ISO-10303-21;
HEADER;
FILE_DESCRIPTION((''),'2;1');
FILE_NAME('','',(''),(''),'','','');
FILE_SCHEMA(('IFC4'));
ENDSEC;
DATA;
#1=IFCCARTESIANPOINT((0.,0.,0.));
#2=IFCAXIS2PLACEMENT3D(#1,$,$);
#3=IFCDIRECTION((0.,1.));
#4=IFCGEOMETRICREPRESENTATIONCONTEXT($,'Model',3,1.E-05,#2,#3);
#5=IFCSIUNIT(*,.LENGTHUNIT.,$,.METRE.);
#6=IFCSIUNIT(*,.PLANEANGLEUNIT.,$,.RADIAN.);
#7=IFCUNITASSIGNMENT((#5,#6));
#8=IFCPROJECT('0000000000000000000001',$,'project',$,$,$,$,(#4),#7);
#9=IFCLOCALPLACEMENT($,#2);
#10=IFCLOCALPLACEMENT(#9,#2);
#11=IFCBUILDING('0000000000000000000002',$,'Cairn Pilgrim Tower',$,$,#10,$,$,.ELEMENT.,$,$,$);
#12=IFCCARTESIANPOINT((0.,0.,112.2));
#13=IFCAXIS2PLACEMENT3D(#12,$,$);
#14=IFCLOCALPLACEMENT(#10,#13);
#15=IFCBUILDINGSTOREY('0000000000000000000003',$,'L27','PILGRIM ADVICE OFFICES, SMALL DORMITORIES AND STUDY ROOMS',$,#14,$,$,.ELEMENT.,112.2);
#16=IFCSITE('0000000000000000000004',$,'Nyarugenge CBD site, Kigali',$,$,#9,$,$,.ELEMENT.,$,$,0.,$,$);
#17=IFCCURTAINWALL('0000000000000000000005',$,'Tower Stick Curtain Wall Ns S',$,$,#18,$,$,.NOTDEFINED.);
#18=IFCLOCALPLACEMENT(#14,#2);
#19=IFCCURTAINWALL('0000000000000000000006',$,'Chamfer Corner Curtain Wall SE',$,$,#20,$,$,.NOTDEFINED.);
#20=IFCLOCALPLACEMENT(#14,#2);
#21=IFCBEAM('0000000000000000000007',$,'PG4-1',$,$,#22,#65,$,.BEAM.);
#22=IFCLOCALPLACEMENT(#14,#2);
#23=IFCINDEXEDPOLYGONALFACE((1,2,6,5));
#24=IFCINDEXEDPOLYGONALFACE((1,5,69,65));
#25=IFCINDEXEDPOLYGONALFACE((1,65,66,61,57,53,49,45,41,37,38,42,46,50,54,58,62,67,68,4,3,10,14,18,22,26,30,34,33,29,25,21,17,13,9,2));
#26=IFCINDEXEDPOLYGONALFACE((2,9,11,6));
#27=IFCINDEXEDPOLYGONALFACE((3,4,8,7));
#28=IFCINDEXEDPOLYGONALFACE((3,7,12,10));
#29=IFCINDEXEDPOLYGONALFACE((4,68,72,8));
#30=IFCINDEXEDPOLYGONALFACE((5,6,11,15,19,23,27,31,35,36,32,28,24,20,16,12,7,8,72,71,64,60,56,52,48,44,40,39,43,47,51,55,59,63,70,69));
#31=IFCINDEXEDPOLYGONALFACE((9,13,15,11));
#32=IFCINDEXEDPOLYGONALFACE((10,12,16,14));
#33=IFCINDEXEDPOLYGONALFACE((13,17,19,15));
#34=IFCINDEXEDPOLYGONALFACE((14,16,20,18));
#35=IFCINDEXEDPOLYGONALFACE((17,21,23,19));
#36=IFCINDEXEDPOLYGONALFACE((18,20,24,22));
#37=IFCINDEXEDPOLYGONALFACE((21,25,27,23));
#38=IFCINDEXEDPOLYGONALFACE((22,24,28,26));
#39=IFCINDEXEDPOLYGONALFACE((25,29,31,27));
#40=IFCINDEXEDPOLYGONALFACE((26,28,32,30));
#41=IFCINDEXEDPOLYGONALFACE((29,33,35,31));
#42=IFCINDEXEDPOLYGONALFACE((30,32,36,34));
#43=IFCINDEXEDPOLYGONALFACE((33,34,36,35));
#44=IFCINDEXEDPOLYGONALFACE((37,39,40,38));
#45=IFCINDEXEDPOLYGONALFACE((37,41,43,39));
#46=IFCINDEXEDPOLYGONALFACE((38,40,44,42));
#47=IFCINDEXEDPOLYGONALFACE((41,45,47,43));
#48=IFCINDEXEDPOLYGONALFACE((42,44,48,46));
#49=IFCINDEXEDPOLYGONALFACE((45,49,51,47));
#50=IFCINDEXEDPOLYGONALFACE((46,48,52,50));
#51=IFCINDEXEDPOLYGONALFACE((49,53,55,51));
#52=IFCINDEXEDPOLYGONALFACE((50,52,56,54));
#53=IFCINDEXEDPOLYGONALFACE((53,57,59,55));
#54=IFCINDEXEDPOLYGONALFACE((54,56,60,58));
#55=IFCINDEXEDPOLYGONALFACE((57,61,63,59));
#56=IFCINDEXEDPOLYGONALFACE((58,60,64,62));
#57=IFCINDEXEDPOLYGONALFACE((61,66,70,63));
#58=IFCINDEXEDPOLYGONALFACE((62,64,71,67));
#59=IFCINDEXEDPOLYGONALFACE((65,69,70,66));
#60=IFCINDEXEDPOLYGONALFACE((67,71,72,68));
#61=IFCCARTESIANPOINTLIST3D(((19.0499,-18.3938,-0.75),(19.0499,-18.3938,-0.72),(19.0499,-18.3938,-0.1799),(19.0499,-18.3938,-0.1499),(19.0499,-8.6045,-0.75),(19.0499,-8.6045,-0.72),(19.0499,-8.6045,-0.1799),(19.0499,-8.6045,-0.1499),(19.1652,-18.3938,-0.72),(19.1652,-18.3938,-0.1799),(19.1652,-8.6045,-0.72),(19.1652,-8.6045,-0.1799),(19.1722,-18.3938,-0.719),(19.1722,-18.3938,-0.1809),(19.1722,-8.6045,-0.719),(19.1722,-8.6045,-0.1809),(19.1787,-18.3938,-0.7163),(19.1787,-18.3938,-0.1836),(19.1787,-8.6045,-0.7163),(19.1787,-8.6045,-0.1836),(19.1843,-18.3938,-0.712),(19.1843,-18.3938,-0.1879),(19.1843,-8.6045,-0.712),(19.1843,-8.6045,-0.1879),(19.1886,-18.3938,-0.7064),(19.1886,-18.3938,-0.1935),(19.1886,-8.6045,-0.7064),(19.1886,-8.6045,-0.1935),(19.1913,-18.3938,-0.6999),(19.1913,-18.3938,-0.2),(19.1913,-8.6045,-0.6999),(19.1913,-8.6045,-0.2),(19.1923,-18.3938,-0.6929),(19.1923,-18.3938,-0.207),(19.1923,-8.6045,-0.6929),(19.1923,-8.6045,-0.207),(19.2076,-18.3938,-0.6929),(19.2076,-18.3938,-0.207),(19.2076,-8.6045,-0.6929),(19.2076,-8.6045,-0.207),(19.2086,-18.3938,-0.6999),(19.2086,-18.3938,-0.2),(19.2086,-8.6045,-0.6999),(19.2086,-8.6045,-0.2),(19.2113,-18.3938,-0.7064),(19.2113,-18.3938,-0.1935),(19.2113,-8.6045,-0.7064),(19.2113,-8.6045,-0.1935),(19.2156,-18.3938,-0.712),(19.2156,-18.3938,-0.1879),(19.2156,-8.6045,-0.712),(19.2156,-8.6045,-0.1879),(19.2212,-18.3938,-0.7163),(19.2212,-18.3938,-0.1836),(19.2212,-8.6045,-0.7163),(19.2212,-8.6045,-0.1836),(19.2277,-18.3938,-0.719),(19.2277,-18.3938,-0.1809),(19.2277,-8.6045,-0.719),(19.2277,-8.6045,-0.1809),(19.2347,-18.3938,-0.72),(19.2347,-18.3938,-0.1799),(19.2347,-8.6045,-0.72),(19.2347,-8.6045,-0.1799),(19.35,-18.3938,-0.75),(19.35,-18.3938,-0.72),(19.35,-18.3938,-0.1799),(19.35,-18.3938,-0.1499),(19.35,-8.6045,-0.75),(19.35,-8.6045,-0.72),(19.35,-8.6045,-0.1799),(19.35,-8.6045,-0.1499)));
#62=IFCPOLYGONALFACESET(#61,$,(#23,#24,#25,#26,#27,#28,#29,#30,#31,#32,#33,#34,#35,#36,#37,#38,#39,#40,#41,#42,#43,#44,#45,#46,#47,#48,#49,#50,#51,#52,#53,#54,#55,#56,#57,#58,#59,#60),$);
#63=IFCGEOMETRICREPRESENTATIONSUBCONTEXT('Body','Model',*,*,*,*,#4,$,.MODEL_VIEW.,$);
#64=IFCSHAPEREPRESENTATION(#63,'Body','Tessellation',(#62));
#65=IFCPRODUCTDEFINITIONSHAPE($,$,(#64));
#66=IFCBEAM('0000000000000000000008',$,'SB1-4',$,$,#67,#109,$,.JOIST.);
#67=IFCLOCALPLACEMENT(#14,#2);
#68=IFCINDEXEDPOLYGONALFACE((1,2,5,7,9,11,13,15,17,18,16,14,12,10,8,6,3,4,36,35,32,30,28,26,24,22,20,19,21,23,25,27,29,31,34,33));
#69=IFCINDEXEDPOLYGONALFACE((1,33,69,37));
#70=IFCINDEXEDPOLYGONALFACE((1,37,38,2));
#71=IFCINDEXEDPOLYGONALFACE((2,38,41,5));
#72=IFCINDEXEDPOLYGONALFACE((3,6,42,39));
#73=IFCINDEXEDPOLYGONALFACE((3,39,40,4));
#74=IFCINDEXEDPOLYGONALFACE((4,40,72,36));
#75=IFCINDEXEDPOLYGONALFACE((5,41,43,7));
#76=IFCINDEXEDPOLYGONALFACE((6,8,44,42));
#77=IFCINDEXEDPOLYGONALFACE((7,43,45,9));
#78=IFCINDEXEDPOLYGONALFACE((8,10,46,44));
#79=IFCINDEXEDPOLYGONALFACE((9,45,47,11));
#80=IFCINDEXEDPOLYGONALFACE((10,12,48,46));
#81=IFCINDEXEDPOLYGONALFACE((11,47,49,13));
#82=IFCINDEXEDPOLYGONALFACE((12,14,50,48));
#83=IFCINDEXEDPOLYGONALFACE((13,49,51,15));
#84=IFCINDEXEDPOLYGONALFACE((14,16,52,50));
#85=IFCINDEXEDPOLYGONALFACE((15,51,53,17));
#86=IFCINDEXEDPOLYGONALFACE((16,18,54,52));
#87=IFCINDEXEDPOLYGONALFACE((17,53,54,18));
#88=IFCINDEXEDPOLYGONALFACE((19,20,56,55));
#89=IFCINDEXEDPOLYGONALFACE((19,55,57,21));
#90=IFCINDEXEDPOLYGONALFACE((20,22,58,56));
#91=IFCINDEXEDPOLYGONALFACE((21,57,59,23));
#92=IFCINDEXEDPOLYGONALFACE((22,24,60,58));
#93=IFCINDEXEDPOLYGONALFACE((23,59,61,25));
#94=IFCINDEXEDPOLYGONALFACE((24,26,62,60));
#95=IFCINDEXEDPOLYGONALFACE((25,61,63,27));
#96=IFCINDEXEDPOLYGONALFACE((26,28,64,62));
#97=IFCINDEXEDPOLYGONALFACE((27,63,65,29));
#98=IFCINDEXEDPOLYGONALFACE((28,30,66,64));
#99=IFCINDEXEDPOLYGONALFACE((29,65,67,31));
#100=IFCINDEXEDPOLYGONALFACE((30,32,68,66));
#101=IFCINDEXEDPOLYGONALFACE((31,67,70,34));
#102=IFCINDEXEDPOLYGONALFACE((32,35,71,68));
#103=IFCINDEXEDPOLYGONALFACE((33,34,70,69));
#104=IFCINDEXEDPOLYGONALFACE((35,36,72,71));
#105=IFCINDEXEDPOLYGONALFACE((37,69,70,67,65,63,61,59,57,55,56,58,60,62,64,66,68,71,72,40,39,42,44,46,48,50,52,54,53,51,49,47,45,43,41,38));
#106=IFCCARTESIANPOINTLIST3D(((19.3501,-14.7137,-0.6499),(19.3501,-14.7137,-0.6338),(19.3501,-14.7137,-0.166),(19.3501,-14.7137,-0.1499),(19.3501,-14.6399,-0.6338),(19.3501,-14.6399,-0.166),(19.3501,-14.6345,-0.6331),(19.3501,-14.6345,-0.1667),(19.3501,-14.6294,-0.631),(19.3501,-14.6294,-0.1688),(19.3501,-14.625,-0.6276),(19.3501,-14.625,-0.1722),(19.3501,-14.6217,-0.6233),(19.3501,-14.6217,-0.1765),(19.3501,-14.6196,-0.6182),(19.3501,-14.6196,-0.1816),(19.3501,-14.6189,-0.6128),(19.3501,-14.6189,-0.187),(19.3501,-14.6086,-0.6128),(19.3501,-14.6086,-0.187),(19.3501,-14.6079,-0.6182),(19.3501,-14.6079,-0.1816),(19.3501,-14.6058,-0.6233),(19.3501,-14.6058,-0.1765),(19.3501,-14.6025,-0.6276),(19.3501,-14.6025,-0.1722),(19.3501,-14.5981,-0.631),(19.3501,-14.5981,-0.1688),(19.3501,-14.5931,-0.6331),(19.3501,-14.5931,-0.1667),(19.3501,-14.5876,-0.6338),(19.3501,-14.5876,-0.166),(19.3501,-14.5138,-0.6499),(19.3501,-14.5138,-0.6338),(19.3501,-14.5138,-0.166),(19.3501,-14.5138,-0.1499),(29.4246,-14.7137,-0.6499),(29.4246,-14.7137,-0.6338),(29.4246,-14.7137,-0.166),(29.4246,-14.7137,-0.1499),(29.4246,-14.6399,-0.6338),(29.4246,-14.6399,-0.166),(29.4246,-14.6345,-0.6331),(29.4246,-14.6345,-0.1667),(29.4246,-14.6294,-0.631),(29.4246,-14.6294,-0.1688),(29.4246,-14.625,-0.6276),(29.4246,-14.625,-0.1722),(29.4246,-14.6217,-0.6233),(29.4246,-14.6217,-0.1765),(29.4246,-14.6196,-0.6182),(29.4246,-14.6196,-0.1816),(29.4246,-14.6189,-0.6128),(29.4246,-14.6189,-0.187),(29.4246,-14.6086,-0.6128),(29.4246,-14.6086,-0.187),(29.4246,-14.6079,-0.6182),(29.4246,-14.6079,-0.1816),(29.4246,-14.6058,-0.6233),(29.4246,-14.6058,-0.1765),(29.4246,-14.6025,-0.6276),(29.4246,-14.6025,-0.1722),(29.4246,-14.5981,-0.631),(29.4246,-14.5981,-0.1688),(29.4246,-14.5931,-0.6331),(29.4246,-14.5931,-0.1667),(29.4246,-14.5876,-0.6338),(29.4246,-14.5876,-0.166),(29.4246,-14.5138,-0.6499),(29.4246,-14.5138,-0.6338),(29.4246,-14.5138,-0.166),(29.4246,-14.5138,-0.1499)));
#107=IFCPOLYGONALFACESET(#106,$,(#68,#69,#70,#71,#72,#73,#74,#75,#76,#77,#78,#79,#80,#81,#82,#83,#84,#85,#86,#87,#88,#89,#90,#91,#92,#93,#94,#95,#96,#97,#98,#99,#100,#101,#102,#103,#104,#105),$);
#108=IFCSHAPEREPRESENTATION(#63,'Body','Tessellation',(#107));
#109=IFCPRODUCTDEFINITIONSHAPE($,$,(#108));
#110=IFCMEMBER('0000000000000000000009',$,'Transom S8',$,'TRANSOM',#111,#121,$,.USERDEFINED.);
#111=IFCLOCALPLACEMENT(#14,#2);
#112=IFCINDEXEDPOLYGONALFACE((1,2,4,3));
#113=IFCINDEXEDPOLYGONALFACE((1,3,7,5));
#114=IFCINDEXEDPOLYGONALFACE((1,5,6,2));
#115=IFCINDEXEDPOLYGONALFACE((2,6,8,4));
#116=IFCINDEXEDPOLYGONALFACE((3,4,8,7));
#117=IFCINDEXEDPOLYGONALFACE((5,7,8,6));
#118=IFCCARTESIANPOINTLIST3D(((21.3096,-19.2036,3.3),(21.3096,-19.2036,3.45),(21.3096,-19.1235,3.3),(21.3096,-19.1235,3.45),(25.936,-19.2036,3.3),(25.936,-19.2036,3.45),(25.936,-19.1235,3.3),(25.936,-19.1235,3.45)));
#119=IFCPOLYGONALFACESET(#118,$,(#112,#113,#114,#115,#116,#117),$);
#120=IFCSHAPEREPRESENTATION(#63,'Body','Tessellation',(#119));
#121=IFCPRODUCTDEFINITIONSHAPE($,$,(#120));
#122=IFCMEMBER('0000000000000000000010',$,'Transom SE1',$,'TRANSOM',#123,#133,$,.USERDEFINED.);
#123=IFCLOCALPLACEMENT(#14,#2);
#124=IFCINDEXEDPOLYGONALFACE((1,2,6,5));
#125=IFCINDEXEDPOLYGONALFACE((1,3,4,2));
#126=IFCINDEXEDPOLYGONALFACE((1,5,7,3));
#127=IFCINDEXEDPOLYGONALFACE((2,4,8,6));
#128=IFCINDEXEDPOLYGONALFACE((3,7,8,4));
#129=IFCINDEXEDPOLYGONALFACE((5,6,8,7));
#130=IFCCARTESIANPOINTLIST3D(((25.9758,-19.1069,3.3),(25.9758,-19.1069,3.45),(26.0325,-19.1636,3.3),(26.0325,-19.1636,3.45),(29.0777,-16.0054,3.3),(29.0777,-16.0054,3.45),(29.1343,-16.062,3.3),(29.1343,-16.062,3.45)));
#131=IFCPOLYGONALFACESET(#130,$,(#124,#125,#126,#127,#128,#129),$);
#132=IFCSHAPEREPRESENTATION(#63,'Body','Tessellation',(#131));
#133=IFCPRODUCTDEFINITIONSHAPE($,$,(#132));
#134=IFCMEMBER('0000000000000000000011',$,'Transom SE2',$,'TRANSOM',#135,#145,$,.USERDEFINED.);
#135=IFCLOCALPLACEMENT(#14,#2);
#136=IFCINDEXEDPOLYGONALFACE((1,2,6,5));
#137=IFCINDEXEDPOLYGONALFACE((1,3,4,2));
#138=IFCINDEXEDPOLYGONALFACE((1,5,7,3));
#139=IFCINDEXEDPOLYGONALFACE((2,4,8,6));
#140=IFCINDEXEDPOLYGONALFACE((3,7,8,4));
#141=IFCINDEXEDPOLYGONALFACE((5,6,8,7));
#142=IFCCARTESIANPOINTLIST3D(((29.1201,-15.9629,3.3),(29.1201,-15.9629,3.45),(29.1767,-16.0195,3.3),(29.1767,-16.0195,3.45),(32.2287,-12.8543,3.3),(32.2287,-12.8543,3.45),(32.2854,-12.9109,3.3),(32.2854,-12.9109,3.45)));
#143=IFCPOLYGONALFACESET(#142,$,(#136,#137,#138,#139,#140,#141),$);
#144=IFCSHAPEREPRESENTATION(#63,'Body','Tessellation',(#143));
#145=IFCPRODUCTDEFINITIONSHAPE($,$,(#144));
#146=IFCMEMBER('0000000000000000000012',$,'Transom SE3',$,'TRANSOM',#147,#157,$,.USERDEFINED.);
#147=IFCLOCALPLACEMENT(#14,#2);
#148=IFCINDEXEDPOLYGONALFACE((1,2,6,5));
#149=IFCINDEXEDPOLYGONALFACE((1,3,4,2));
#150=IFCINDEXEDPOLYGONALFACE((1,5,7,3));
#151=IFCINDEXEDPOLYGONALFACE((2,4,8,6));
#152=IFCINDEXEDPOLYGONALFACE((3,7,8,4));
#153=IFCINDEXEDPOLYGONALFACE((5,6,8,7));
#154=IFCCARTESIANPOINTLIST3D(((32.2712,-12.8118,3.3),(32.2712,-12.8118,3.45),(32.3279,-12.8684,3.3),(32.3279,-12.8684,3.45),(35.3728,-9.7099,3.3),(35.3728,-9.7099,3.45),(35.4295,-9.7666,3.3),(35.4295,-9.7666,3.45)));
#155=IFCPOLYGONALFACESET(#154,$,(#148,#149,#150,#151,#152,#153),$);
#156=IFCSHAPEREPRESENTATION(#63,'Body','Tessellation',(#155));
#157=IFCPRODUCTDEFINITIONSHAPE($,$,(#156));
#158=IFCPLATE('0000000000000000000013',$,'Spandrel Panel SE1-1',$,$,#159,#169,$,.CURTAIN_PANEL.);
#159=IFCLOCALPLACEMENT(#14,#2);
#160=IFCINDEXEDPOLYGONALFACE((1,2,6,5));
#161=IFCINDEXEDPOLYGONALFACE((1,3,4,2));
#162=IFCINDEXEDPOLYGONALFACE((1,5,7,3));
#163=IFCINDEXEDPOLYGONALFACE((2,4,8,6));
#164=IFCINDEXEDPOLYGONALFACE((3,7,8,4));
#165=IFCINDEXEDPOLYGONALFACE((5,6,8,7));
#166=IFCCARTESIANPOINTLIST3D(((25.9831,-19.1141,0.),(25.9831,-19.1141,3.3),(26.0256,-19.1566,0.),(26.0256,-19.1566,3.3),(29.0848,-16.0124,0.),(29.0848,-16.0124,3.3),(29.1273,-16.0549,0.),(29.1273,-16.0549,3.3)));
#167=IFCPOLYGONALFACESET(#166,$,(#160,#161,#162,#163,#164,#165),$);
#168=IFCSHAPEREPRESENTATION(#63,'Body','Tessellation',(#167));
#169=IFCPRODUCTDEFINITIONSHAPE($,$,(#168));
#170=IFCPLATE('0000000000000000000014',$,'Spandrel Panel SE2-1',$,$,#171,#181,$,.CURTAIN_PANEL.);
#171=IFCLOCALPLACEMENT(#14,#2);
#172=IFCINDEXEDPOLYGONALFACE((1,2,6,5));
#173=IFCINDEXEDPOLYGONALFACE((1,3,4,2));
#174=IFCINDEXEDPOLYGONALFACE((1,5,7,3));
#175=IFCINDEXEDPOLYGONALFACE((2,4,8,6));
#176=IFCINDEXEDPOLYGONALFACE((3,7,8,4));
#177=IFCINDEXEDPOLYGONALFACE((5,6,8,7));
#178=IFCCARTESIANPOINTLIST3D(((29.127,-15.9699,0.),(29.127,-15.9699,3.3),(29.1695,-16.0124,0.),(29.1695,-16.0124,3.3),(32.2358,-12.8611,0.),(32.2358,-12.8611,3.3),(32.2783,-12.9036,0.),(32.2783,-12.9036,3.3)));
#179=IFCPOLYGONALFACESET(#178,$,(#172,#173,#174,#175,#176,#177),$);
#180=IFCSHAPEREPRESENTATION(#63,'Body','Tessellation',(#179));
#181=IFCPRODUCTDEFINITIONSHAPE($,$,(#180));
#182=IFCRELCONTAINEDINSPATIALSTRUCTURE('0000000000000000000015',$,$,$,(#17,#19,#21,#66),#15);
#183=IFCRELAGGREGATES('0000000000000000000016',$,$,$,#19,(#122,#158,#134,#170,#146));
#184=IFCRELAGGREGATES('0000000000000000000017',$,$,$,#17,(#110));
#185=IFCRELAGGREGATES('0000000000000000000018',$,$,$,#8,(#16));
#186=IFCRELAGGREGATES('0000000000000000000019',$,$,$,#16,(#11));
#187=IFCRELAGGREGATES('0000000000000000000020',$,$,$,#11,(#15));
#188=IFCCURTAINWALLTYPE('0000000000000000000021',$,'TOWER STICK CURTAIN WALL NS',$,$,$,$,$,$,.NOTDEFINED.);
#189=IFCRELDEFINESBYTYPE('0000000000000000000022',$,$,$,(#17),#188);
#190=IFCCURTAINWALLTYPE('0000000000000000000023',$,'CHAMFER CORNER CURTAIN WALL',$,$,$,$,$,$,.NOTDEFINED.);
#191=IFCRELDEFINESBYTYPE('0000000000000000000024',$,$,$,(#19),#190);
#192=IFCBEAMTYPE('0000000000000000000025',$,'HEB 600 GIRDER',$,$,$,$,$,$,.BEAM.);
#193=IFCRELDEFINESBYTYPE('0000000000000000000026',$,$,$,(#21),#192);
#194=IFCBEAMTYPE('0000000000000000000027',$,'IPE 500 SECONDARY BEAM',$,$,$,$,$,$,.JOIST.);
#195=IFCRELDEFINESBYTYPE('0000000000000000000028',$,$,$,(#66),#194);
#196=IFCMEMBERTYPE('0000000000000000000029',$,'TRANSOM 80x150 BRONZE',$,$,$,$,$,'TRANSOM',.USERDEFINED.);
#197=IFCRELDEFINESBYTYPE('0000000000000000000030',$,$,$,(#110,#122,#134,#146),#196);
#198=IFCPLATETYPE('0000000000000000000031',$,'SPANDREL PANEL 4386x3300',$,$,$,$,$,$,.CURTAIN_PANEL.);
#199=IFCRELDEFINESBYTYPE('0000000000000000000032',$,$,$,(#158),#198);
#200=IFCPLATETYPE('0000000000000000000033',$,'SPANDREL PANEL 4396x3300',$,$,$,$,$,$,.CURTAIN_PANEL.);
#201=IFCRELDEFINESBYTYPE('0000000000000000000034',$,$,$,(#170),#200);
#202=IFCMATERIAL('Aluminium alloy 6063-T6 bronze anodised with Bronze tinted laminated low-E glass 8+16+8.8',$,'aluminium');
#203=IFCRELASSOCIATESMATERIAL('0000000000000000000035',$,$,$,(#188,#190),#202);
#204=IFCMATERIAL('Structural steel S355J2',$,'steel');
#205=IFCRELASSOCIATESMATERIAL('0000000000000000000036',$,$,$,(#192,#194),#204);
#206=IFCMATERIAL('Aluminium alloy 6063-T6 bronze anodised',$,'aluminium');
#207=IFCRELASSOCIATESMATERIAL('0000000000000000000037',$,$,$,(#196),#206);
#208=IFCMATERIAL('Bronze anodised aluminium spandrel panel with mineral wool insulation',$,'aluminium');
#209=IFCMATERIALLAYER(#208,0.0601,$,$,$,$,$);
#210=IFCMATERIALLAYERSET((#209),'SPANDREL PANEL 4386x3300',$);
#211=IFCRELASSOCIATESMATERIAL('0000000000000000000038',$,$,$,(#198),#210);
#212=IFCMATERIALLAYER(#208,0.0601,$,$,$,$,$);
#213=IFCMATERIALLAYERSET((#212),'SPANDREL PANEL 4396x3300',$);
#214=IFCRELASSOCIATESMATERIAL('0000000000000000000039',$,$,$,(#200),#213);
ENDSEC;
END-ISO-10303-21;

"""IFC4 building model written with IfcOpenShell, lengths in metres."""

from ifc_helpers import new_model, si_unit, direction, frame, origin, origin_2d, place, context, subcontext, project, spatial, rectangle, i_section, extrude, material, layer, layer_set, material_profile, profile_set, type_object, element, aggregate, save


model = new_model("IFC4")

# Units and contexts
model_context = context("Model", 3, precision=1e-05, world=origin(), true_north=direction((0.0, 1.0)))
body_context = subcontext(model_context, "Body", "Model", "MODEL_VIEW")
ifc_project = project(units=[si_unit("LENGTHUNIT", "METRE"), si_unit("PLANEANGLEUNIT", "RADIAN")], contexts=[model_context])

# Site, building, storey
site_placement = place(None, origin())
site = spatial("IfcSite", under=ifc_project, at=site_placement, Name="Nyarugenge CBD site, Kigali", CompositionType="ELEMENT", RefElevation=0.0)
building_placement = place(site_placement, origin())
building = spatial("IfcBuilding", under=site, at=building_placement, Name="Cairn Pilgrim Tower", CompositionType="ELEMENT")
storey_placement = place(building_placement, frame((0.0, 0.0, 112.2)))
storey = spatial("IfcBuildingStorey", under=building, at=storey_placement, Name="L27", Description="PILGRIM ADVICE OFFICES, SMALL DORMITORIES AND STUDY ROOMS", CompositionType="ELEMENT", Elevation=112.2)

# Shared definitions
ifc_material_1 = material(Name="Structural steel S355J2", Category="steel")

# Curtain wall
ifc_material_2 = material(Name="Aluminium alloy 6063-T6 bronze anodised with Bronze tinted laminated low-E glass 8+16+8.8", Category="aluminium")
curtain_wall_type_1 = type_object("IfcCurtainWallType", Name="TOWER STICK CURTAIN WALL NS", PredefinedType="NOTDEFINED", material=ifc_material_2)
curtain_wall_1_placement = place(storey_placement, origin())
curtain_wall_1 = element("IfcCurtainWall", 1, at=curtain_wall_1_placement, inside=storey, type_object=curtain_wall_type_1, Name="Tower Stick Curtain Wall Ns S", PredefinedType="NOTDEFINED")
ifc_material_3 = material(Name="Aluminium alloy 6063-T6 bronze anodised", Category="aluminium")

# Curtain wall
curtain_wall_type_2 = type_object("IfcCurtainWallType", Name="CHAMFER CORNER CURTAIN WALL", PredefinedType="NOTDEFINED", material=ifc_material_2)
curtain_wall_2_placement = place(storey_placement, origin())
curtain_wall_2 = element("IfcCurtainWall", 2, at=curtain_wall_2_placement, inside=storey, type_object=curtain_wall_type_2, Name="Chamfer Corner Curtain Wall SE", PredefinedType="NOTDEFINED")

# Beams
ifc_material_profile_1 = material_profile(ifc_material_1, i_section(OverallWidth=0.3, OverallDepth=0.6001, WebThickness=0.0154, FlangeThickness=0.03, FilletRadius=0.0271, at=origin_2d()), Name="HEB 600")
ifc_profile_set_1 = profile_set([ifc_material_profile_1], Name="Structural steel S355J2")
beam_type_1 = type_object("IfcBeamType", Name="HEB 600 GIRDER", PredefinedType="BEAM", material=ifc_profile_set_1)
beam_1_placement = place(storey_placement, frame((19.2, -18.3938, -0.45), z_axis=(0.0, 1.0, 0.0), x_axis=(-1.0, 0.0, 0.0)))
element("IfcBeam", 3, at=beam_1_placement, inside=storey, type_object=beam_type_1, Name="PG4-1", PredefinedType="BEAM", context=body_context, shape_type="SweptSolid", body=[
    extrude(i_section(OverallWidth=0.3, OverallDepth=0.6001, WebThickness=0.0154, FlangeThickness=0.03, FilletRadius=0.0271, at=origin_2d()), origin(), (0.0, 0.0, 1.0), 9.7893),
])
ifc_material_profile_2 = material_profile(ifc_material_1, i_section(OverallWidth=0.2, OverallDepth=0.5, WebThickness=0.0103, FlangeThickness=0.0161, FilletRadius=0.021, at=origin_2d()), Name="IPE 500")
ifc_profile_set_2 = profile_set([ifc_material_profile_2], Name="Structural steel S355J2")
beam_type_2 = type_object("IfcBeamType", Name="IPE 500 SECONDARY BEAM", PredefinedType="JOIST", material=ifc_profile_set_2)
beam_2_placement = place(storey_placement, frame((19.3501, -14.6138, -0.3999), z_axis=(1.0, 0.0, 0.0), x_axis=(0.0, 1.0, 0.0)))
element("IfcBeam", 4, at=beam_2_placement, inside=storey, type_object=beam_type_2, Name="SB1-4", PredefinedType="JOIST", context=body_context, shape_type="SweptSolid", body=[
    extrude(i_section(OverallWidth=0.2, OverallDepth=0.5, WebThickness=0.0103, FlangeThickness=0.0161, FilletRadius=0.021, at=origin_2d()), origin(), (0.0, 0.0, 1.0), 10.0745),
])

# Members
ifc_material_profile_3 = material_profile(ifc_material_3, rectangle(XDim=0.0801, YDim=0.1499, at=origin_2d()), Name="TRANSOM 80x150 BRONZE")
ifc_profile_set_3 = profile_set([ifc_material_profile_3], Name="Aluminium alloy 6063-T6 bronze anodised")
member_type_1 = type_object("IfcMemberType", Name="TRANSOM 80x150 BRONZE", ElementType="TRANSOM", PredefinedType="USERDEFINED", material=ifc_profile_set_3)
member_1_placement = place(storey_placement, frame((21.3096, -19.1636, 3.375), z_axis=(1.0, 0.0, 0.0), x_axis=(0.0, 1.0, 0.0)))
member_1 = element("IfcMember", 5, at=member_1_placement, type_object=member_type_1, Name="Transom S8", ObjectType="TRANSOM", PredefinedType="USERDEFINED", context=body_context, shape_type="SweptSolid", body=[
    extrude(rectangle(XDim=0.0801, YDim=0.1499, at=origin_2d()), origin(), (0.0, 0.0, 1.0), 4.6265),
])
member_2_placement = place(storey_placement, frame((26.0042, -19.1353, 3.375), z_axis=(0.707135, 0.707079, 0.0), x_axis=(-0.707079, 0.707135, 0.0)))
member_2 = element("IfcMember", 6, at=member_2_placement, type_object=member_type_1, Name="Transom SE1", ObjectType="TRANSOM", PredefinedType="USERDEFINED", context=body_context, shape_type="SweptSolid", body=[
    extrude(rectangle(XDim=0.0801, YDim=0.1499, at=origin_2d()), origin(), (0.0, 0.0, 1.0), 4.3865),
])
member_3_placement = place(storey_placement, frame((29.1484, -15.9912, 3.375), z_axis=(0.707107, 0.707107, 0.0), x_axis=(-0.707107, 0.707107, 0.0)))
member_3 = element("IfcMember", 7, at=member_3_placement, type_object=member_type_1, Name="Transom SE2", ObjectType="TRANSOM", PredefinedType="USERDEFINED", context=body_context, shape_type="SweptSolid", body=[
    extrude(rectangle(XDim=0.0801, YDim=0.1499, at=origin_2d()), origin(), (0.0, 0.0, 1.0), 4.3962),
])
member_4_placement = place(storey_placement, frame((32.2996, -12.8401, 3.375), z_axis=(0.707079, 0.707135, 0.0), x_axis=(-0.707135, 0.707079, 0.0)))
member_4 = element("IfcMember", 8, at=member_4_placement, type_object=member_type_1, Name="Transom SE3", ObjectType="TRANSOM", PredefinedType="USERDEFINED", context=body_context, shape_type="SweptSolid", body=[
    extrude(rectangle(XDim=0.0801, YDim=0.1499, at=origin_2d()), origin(), (0.0, 0.0, 1.0), 4.3865),
])

# Plates
ifc_material_4 = material(Name="Bronze anodised aluminium spandrel panel with mineral wool insulation", Category="aluminium")
ifc_layer_1 = layer(ifc_material_4, 0.0601)
ifc_layer_set_1 = layer_set([ifc_layer_1], Name="SPANDREL PANEL 4386x3300")
plate_type_1 = type_object("IfcPlateType", Name="SPANDREL PANEL 4386x3300", PredefinedType="CURTAIN_PANEL", material=ifc_layer_set_1)
plate_1_placement = place(storey_placement, frame((27.5552, -17.5845, 0.0), z_axis=(0.0, 0.0, 1.0), x_axis=(0.707107, 0.707107, 0.0)))
plate_1 = element("IfcPlate", 9, at=plate_1_placement, type_object=plate_type_1, Name="Spandrel Panel SE1-1", PredefinedType="CURTAIN_PANEL", context=body_context, shape_type="SweptSolid", body=[
    extrude(rectangle(XDim=4.3865, YDim=0.0601, at=origin_2d()), origin(), (0.0, 0.0, 1.0), 3.3),
])
ifc_layer_2 = layer(ifc_material_4, 0.0601)
ifc_layer_set_2 = layer_set([ifc_layer_2], Name="SPANDREL PANEL 4396x3300")
plate_type_2 = type_object("IfcPlateType", Name="SPANDREL PANEL 4396x3300", PredefinedType="CURTAIN_PANEL", material=ifc_layer_set_2)
plate_2_placement = place(storey_placement, frame((30.7026, -14.4368, 0.0), z_axis=(0.0, 0.0, 1.0), x_axis=(0.707107, 0.707107, 0.0)))
plate_2 = element("IfcPlate", 10, at=plate_2_placement, type_object=plate_type_2, Name="Spandrel Panel SE2-1", PredefinedType="CURTAIN_PANEL", context=body_context, shape_type="SweptSolid", body=[
    extrude(rectangle(XDim=4.3965, YDim=0.0601, at=origin_2d()), origin(), (0.0, 0.0, 1.0), 3.3),
])
aggregate(curtain_wall_2, [member_2, plate_1, member_3, plate_2, member_4])
aggregate(curtain_wall_1, [member_1])

save(model, "model.ifc")
